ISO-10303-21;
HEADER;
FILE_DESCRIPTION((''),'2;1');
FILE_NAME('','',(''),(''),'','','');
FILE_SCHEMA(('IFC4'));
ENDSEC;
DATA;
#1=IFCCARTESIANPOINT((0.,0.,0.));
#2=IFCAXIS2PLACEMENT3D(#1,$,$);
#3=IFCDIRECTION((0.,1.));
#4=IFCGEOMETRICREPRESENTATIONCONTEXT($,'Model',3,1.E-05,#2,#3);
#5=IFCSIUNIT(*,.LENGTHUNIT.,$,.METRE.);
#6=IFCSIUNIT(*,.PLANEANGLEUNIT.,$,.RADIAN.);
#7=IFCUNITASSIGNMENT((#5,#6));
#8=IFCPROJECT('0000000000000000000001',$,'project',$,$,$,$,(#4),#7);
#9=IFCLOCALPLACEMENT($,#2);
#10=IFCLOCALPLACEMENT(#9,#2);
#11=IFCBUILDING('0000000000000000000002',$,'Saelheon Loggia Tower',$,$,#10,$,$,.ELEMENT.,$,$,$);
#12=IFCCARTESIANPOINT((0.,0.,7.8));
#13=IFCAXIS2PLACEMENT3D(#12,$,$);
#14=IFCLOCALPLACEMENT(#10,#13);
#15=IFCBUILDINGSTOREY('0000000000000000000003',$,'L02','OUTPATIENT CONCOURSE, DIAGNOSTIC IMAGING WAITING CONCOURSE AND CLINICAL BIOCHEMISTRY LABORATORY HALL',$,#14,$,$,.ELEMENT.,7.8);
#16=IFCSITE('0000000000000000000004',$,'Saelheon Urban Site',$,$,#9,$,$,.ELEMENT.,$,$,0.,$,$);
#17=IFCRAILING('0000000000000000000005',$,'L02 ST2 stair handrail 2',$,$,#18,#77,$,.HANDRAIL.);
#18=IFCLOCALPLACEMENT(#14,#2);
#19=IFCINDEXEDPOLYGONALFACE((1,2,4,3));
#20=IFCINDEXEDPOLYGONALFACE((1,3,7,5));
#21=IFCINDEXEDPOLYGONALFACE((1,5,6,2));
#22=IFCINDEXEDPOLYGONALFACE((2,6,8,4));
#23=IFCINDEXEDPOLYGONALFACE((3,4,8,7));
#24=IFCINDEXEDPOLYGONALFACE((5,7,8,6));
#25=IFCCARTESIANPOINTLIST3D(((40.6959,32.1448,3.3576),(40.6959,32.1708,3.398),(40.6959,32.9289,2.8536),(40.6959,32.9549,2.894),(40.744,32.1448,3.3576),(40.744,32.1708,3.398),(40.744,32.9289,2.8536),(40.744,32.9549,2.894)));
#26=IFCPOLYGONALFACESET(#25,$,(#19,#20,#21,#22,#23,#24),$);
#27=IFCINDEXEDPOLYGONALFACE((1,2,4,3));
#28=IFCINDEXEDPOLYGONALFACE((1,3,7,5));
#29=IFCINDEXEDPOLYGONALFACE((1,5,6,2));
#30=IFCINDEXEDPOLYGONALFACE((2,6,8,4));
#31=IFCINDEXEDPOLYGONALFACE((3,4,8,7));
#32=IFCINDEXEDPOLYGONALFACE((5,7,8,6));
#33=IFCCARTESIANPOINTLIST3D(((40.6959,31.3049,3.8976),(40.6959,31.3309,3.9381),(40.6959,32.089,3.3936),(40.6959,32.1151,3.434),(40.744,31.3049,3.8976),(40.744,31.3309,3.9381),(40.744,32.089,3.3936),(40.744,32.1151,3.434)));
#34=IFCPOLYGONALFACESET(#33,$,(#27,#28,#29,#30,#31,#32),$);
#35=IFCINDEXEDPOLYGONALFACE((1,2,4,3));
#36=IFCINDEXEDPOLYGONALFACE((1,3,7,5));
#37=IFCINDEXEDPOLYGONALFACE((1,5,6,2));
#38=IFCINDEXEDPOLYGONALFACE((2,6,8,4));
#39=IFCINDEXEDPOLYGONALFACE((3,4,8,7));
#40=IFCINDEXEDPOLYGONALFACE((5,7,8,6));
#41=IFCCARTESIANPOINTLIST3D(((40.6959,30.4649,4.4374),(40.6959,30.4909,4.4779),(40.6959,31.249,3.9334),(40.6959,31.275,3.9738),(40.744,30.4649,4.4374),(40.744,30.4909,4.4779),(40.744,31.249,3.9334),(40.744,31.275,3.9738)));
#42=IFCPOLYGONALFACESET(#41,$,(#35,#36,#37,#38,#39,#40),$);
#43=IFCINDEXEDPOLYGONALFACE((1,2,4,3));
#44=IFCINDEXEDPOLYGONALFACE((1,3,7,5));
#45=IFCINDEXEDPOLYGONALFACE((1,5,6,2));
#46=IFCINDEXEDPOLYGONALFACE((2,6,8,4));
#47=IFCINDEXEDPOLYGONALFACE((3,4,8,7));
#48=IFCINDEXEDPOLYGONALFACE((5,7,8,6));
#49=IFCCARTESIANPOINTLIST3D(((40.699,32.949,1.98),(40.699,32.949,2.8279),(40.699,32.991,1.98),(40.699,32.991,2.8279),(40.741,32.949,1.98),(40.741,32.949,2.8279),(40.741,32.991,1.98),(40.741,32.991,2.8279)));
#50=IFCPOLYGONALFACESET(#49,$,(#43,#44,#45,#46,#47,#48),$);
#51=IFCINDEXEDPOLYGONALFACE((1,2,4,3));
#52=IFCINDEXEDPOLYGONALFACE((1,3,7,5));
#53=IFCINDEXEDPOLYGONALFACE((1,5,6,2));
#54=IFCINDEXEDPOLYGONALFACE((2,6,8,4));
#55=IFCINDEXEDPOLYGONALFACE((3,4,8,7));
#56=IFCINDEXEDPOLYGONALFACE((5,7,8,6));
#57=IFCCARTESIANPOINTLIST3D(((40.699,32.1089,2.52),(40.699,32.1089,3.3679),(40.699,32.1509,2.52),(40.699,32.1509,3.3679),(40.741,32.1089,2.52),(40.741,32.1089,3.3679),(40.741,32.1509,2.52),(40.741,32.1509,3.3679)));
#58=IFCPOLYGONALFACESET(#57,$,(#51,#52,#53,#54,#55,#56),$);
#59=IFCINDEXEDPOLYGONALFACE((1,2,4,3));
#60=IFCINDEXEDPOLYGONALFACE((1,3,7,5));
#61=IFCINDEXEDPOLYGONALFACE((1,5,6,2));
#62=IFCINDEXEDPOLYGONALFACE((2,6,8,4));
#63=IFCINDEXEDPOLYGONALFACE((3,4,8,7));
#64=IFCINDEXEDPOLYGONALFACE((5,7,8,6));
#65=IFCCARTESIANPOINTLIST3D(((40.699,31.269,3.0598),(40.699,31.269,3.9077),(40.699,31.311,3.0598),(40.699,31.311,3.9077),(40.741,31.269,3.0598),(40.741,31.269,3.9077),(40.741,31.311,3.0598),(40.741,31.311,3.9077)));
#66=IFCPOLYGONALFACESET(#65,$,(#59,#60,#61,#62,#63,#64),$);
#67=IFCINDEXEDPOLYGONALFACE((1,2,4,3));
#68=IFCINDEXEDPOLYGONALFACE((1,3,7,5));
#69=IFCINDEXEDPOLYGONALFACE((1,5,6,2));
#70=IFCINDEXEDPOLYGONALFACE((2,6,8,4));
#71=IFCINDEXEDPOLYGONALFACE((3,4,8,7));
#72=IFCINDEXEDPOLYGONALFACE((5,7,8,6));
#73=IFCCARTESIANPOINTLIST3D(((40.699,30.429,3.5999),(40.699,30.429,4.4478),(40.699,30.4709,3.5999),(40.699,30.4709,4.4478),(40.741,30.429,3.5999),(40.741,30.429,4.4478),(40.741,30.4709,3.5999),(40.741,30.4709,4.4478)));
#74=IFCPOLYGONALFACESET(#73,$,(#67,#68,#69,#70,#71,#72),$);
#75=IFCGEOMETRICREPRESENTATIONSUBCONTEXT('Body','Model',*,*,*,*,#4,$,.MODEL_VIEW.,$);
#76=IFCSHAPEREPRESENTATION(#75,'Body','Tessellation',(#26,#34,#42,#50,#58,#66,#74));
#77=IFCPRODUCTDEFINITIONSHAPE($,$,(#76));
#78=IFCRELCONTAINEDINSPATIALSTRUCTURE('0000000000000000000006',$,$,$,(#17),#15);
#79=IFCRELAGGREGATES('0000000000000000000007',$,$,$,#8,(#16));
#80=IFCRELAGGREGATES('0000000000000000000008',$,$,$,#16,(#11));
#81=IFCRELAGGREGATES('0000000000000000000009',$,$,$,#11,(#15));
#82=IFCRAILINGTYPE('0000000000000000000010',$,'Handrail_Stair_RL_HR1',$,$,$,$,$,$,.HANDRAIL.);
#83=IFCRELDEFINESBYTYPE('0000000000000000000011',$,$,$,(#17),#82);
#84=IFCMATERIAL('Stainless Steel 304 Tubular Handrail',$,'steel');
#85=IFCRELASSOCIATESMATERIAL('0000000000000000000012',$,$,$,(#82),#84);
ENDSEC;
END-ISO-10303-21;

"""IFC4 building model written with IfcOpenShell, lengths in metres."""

from ifc_helpers import new_model, si_unit, direction, frame, origin, origin_2d, place, context, subcontext, project, spatial, rectangle, extrude, material, type_object, element, save


model = new_model("IFC4")

# Units and contexts
model_context = context("Model", 3, precision=1e-05, world=origin(), true_north=direction((0.0, 1.0)))
body_context = subcontext(model_context, "Body", "Model", "MODEL_VIEW")
ifc_project = project(units=[si_unit("LENGTHUNIT", "METRE"), si_unit("PLANEANGLEUNIT", "RADIAN")], contexts=[model_context])

# Site, building, storey
site_placement = place(None, origin())
site = spatial("IfcSite", under=ifc_project, at=site_placement, Name="Saelheon Urban Site", CompositionType="ELEMENT", RefElevation=0.0)
building_placement = place(site_placement, origin())
building = spatial("IfcBuilding", under=site, at=building_placement, Name="Saelheon Loggia Tower", CompositionType="ELEMENT")
storey_placement = place(building_placement, frame((0.0, 0.0, 7.8)))
storey = spatial("IfcBuildingStorey", under=building, at=storey_placement, Name="L02", Description="OUTPATIENT CONCOURSE, DIAGNOSTIC IMAGING WAITING CONCOURSE AND CLINICAL BIOCHEMISTRY LABORATORY HALL", CompositionType="ELEMENT", Elevation=7.8)

# Railing
ifc_material_1 = material(Name="Stainless Steel 304 Tubular Handrail", Category="steel")
railing_type_1 = type_object("IfcRailingType", Name="Handrail_Stair_RL_HR1", PredefinedType="HANDRAIL", material=ifc_material_1)
railing_1_placement = place(storey_placement, frame((40.72, 32.97, 1.98)))
element("IfcRailing", 1, at=railing_1_placement, inside=storey, type_object=railing_type_1, Name="L02 ST2 stair handrail 2", PredefinedType="HANDRAIL", context=body_context, shape_type="SweptSolid", body=[
    extrude(rectangle(XDim=0.0481, YDim=0.0481, at=origin_2d()), frame((0.0, -0.0281, 0.8938), z_axis=(0.0, -0.8412, 0.540725), x_axis=(1.0, 0.0, 0.0)), (0.0, 0.0, 1.0), 0.9321),
    extrude(rectangle(XDim=0.0481, YDim=0.0481, at=origin_2d()), frame((0.0, -0.8679, 1.4338), z_axis=(0.0, -0.8412, 0.540725), x_axis=(1.0, 0.0, 0.0)), (0.0, 0.0, 1.0), 0.9321),
    extrude(rectangle(XDim=0.0481, YDim=0.0481, at=origin_2d()), frame((0.0, -1.708, 1.9736), z_axis=(0.0, -0.8412, 0.540725), x_axis=(1.0, 0.0, 0.0)), (0.0, 0.0, 1.0), 0.9321),
    extrude(rectangle(XDim=0.042, YDim=0.042, at=origin_2d()), origin(), (0.0, 0.0, 1.0), 0.8479),
    extrude(rectangle(XDim=0.042, YDim=0.042, at=origin_2d()), frame((0.0, -0.8401, 0.54)), (0.0, 0.0, 1.0), 0.8479),
    extrude(rectangle(XDim=0.042, YDim=0.042, at=origin_2d()), frame((0.0, -1.6799, 1.0798)), (0.0, 0.0, 1.0), 0.8479),
    extrude(rectangle(XDim=0.042, YDim=0.042, at=origin_2d()), frame((0.0, -2.52, 1.6199)), (0.0, 0.0, 1.0), 0.8479),
])

save(model, "model.ifc")
